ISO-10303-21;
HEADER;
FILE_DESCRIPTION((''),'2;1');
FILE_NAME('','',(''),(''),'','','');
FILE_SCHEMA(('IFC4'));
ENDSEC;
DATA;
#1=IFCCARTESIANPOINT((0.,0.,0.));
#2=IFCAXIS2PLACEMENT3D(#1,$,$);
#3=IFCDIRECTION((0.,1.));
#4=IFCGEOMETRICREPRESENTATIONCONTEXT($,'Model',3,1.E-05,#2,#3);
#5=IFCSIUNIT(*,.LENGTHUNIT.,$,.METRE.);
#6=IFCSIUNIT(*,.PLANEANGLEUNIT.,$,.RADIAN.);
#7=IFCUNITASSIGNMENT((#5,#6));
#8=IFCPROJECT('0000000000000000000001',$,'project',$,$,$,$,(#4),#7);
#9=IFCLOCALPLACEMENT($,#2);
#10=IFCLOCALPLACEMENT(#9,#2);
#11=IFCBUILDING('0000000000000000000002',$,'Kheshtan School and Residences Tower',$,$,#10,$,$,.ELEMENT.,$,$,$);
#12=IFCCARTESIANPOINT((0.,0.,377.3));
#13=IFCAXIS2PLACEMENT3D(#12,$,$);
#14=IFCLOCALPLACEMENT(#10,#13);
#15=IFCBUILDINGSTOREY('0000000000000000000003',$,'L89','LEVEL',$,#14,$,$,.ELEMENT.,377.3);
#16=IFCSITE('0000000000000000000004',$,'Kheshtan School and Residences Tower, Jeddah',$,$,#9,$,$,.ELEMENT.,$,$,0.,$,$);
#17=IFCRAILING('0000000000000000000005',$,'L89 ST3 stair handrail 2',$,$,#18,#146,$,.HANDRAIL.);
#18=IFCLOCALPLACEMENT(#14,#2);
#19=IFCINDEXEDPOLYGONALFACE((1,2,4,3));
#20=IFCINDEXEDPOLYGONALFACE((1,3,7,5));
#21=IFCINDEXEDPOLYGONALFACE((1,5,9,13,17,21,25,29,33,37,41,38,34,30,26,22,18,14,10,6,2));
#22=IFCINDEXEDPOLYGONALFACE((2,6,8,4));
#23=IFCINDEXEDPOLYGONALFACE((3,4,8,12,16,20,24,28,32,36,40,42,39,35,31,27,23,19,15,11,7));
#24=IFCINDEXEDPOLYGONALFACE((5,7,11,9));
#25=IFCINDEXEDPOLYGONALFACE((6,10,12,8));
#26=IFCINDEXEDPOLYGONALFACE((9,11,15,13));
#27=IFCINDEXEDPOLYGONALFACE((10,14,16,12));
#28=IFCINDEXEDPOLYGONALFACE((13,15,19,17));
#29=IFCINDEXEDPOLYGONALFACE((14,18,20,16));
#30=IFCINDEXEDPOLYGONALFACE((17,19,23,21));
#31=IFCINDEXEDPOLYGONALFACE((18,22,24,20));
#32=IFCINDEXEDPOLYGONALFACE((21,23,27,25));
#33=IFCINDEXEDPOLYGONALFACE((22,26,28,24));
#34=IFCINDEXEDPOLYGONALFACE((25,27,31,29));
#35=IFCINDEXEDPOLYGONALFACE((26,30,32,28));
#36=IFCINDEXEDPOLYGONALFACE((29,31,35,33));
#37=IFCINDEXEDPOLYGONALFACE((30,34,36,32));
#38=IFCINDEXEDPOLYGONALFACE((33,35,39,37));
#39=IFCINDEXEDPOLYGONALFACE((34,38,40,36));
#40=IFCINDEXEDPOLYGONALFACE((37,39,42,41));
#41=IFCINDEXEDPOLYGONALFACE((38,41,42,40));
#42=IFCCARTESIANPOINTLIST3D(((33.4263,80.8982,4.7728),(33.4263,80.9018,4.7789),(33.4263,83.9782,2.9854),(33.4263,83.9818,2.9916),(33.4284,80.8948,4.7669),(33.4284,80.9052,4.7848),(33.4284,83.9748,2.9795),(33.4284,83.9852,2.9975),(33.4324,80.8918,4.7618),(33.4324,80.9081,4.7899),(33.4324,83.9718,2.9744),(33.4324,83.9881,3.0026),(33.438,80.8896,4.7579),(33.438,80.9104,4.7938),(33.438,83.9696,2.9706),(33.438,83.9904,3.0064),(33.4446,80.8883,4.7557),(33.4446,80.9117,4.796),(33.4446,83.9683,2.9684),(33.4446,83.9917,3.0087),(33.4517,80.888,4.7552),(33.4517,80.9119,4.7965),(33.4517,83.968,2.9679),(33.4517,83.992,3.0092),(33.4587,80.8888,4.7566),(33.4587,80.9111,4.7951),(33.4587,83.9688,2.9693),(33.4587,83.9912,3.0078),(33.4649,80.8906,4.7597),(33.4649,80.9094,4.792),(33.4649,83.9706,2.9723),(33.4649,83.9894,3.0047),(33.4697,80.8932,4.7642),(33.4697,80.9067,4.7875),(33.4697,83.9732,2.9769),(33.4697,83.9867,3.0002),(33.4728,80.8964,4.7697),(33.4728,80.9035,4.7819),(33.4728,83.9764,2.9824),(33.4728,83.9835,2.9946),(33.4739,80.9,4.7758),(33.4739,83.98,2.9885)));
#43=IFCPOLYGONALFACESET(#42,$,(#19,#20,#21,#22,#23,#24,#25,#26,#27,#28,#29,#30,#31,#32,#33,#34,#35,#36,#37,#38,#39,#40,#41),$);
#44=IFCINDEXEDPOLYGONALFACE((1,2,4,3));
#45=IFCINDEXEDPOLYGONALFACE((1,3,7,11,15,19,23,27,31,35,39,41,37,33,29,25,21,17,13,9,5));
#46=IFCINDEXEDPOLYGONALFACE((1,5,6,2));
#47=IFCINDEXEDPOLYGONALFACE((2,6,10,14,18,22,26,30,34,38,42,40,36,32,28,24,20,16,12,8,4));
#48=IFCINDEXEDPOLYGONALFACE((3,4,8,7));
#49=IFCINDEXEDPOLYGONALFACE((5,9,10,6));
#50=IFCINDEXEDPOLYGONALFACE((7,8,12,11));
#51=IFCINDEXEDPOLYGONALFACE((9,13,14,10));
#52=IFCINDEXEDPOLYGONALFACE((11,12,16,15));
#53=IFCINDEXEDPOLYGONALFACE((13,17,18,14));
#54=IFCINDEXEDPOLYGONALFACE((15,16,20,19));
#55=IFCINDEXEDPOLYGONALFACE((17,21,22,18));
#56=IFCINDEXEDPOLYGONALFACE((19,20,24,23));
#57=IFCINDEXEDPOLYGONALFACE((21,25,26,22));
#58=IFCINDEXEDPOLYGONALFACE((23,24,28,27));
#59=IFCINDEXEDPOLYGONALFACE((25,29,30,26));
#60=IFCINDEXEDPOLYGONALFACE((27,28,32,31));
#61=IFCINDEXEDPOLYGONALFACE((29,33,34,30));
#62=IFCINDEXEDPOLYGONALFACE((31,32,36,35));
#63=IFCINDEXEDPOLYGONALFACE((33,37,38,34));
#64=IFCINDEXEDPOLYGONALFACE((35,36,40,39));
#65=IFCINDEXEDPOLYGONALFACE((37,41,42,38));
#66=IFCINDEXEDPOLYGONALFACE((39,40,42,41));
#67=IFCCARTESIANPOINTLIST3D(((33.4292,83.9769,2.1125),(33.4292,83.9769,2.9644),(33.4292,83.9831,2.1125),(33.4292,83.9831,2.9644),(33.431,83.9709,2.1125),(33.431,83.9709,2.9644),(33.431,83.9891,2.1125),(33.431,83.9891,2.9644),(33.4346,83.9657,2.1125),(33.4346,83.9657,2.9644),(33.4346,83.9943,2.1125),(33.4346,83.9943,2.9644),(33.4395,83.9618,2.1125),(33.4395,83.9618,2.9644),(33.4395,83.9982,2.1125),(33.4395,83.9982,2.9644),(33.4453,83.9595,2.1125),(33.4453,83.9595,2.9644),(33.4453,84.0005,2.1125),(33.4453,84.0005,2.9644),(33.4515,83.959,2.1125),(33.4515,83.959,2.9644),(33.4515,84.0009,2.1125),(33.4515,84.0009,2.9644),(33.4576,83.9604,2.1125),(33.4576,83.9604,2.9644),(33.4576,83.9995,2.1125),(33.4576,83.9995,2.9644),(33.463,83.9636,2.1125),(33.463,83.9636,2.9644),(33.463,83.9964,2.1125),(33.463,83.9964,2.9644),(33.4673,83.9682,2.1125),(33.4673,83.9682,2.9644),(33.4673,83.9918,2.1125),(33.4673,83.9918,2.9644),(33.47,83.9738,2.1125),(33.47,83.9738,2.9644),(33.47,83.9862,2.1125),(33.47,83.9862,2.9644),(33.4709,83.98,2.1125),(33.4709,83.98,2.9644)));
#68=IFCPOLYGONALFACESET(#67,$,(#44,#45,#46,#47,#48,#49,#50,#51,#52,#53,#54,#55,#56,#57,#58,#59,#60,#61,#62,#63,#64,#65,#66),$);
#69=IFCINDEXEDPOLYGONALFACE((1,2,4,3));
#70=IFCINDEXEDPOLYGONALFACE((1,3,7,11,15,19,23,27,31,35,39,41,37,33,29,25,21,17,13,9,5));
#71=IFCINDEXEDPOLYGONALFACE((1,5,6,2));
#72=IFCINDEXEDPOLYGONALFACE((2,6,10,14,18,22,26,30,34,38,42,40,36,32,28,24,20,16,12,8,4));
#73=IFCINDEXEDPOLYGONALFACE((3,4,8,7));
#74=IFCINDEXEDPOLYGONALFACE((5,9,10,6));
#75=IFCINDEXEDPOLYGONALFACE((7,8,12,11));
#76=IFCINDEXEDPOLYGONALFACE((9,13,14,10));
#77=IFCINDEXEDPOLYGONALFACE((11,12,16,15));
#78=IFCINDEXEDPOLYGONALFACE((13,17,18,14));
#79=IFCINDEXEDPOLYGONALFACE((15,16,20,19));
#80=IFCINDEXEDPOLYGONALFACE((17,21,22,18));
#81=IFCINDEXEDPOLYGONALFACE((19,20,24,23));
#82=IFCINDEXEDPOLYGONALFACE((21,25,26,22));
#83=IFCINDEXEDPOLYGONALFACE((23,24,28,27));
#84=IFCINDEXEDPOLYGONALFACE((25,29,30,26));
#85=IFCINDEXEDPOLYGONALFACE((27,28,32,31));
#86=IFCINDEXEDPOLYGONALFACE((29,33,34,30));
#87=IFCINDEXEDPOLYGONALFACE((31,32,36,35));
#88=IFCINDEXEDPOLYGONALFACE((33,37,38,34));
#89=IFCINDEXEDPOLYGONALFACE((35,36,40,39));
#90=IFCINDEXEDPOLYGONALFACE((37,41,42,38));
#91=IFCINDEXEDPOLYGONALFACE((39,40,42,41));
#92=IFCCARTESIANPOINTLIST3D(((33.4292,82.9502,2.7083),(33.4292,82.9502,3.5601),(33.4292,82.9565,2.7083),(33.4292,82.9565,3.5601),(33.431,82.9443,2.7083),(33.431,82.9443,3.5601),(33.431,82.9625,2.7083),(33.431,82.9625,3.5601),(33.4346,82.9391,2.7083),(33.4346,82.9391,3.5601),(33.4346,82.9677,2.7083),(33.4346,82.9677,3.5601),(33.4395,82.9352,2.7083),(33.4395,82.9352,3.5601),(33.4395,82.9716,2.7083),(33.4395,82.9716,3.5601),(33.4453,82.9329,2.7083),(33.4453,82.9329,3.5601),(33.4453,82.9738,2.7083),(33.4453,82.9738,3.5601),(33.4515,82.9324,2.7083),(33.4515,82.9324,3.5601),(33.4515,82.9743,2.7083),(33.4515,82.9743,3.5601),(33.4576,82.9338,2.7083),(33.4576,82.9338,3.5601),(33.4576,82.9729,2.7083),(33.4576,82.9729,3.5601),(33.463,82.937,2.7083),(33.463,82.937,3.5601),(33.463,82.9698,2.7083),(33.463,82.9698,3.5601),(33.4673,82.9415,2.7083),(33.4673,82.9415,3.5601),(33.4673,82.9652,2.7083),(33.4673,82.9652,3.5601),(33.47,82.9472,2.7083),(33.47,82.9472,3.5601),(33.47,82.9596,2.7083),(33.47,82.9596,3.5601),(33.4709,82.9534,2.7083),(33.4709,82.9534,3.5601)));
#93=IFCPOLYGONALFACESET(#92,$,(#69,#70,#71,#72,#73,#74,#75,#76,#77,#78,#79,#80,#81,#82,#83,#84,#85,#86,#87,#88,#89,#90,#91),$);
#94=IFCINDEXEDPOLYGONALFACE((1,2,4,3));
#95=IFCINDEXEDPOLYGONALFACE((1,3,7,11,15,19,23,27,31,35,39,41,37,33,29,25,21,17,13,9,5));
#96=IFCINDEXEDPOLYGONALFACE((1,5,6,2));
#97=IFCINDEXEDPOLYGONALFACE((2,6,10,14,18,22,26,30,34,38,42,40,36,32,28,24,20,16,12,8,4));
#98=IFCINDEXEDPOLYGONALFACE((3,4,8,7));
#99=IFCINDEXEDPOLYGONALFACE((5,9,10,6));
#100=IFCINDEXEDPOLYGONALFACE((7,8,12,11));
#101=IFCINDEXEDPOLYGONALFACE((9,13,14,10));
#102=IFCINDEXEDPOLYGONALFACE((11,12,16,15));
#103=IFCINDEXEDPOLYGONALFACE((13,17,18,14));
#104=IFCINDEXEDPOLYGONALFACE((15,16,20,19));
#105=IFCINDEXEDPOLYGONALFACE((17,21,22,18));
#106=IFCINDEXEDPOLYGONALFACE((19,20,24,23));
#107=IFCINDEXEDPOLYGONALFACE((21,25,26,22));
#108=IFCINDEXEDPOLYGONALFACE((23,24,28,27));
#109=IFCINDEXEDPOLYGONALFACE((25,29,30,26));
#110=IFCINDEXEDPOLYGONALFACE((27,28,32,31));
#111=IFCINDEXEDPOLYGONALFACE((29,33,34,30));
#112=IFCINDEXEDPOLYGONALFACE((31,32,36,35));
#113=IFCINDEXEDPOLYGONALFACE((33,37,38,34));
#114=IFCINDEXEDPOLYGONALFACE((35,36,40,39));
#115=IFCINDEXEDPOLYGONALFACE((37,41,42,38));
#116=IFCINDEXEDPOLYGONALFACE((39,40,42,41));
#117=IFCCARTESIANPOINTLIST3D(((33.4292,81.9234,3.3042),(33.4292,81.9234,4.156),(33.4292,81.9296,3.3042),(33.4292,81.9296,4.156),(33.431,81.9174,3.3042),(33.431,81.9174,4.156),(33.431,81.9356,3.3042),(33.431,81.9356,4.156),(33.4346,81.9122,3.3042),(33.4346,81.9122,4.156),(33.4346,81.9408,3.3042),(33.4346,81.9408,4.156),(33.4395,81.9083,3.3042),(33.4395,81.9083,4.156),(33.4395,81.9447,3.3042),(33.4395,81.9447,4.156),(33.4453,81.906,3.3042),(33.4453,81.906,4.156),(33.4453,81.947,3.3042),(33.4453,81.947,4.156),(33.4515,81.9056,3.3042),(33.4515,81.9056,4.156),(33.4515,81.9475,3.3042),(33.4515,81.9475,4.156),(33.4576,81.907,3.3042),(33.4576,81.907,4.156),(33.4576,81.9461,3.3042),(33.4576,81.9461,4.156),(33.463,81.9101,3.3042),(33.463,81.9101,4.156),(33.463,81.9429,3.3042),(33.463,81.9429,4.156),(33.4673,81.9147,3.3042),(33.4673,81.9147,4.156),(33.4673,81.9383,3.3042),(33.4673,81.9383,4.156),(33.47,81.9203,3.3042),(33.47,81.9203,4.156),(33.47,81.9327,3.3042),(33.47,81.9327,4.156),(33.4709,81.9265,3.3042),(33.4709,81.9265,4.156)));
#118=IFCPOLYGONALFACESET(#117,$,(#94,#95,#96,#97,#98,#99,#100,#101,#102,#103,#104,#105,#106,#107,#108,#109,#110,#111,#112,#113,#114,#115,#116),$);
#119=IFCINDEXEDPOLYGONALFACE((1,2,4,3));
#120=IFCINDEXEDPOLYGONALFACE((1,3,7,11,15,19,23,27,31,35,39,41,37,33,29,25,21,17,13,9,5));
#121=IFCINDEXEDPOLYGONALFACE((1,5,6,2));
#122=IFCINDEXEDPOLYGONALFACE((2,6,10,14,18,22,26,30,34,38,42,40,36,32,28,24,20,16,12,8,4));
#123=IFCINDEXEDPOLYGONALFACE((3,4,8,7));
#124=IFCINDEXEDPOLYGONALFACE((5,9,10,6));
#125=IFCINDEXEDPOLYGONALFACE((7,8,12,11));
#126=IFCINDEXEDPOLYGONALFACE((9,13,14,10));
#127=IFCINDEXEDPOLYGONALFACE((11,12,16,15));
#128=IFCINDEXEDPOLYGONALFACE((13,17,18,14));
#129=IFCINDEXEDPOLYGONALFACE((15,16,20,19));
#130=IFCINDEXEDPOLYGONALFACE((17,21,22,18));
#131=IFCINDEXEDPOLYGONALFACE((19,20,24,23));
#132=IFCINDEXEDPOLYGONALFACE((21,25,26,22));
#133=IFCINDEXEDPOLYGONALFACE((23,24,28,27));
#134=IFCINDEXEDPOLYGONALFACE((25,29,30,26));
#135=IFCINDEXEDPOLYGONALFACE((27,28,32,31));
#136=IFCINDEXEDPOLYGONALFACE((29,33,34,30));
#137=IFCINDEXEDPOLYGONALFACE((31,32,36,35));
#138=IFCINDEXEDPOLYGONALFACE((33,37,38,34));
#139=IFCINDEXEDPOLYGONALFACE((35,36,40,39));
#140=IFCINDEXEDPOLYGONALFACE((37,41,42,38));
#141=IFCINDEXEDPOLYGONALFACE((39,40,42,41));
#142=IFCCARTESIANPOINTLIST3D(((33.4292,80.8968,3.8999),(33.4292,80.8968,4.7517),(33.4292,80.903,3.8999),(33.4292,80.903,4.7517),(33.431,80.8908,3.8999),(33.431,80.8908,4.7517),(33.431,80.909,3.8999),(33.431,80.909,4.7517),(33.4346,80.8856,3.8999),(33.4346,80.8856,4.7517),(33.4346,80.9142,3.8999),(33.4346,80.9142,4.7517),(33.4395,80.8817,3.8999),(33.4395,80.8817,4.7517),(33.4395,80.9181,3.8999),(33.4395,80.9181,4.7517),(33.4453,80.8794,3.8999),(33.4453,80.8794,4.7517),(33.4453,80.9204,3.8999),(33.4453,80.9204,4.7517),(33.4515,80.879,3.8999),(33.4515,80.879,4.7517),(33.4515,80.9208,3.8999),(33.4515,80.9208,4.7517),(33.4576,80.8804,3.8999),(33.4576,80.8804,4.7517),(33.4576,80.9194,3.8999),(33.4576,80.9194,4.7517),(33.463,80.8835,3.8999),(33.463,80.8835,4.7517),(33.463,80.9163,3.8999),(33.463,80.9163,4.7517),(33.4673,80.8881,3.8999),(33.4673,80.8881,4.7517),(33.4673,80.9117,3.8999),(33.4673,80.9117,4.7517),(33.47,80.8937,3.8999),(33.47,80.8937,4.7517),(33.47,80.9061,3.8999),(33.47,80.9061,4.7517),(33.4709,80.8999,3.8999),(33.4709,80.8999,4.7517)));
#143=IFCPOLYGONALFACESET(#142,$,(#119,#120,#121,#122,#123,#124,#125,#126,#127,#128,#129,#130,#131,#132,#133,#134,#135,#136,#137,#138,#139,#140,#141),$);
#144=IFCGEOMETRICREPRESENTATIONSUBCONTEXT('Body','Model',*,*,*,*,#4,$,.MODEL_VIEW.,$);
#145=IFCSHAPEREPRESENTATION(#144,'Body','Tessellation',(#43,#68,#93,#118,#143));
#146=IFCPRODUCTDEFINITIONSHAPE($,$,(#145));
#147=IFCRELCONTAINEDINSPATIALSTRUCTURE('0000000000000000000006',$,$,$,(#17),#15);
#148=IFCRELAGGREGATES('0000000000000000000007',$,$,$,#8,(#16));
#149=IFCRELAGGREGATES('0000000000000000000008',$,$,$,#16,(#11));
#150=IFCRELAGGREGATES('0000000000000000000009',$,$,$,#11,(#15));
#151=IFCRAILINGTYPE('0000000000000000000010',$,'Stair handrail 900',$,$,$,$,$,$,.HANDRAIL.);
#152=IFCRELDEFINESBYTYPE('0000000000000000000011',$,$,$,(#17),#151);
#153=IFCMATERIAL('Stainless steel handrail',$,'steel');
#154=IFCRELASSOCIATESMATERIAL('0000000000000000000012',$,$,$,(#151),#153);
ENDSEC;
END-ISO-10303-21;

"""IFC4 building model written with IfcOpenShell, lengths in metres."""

from ifc_helpers import new_model, si_unit, direction, frame, origin, origin_2d, place, context, subcontext, project, spatial, circle, extrude, material, type_object, element, save


model = new_model("IFC4")

# Units and contexts
model_context = context("Model", 3, precision=1e-05, world=origin(), true_north=direction((0.0, 1.0)))
body_context = subcontext(model_context, "Body", "Model", "MODEL_VIEW")
ifc_project = project(units=[si_unit("LENGTHUNIT", "METRE"), si_unit("PLANEANGLEUNIT", "RADIAN")], contexts=[model_context])

# Site, building, storey
site_placement = place(None, origin())
site = spatial("IfcSite", under=ifc_project, at=site_placement, Name="Kheshtan School and Residences Tower, Jeddah", CompositionType="ELEMENT", RefElevation=0.0)
building_placement = place(site_placement, origin())
building = spatial("IfcBuilding", under=site, at=building_placement, Name="Kheshtan School and Residences Tower", CompositionType="ELEMENT")
storey_placement = place(building_placement, frame((0.0, 0.0, 377.3)))
storey = spatial("IfcBuildingStorey", under=building, at=storey_placement, Name="L89", Description="LEVEL", CompositionType="ELEMENT", Elevation=377.3)

# Railing
ifc_material_1 = material(Name="Stainless steel handrail", Category="steel")
railing_type_1 = type_object("IfcRailingType", Name="Stair handrail 900", PredefinedType="HANDRAIL", material=ifc_material_1)
railing_1_placement = place(storey_placement, frame((33.45, 83.98, 2.1125)))
element("IfcRailing", 1, at=railing_1_placement, inside=storey, type_object=railing_type_1, Name="L89 ST3 stair handrail 2", PredefinedType="HANDRAIL", context=body_context, shape_type="SweptSolid", body=[
    extrude(circle(Radius=0.0239, at=origin_2d()), frame((0.0, 0.0, 0.876), z_axis=(0.0, -0.86492, 0.501909), x_axis=(1.0, 0.0, 0.0)), (0.0, 0.0, 1.0), 3.561),
    extrude(circle(Radius=0.021, at=origin_2d()), origin(), (0.0, 0.0, 1.0), 0.8518),
    extrude(circle(Radius=0.021, at=origin_2d()), frame((0.0, -1.0266, 0.5957)), (0.0, 0.0, 1.0), 0.8518),
    extrude(circle(Radius=0.021, at=origin_2d()), frame((0.0, -2.0535, 1.1917)), (0.0, 0.0, 1.0), 0.8518),
    extrude(circle(Radius=0.021, at=origin_2d()), frame((0.0, -3.0801, 1.7874)), (0.0, 0.0, 1.0), 0.8518),
])

save(model, "model.ifc")
